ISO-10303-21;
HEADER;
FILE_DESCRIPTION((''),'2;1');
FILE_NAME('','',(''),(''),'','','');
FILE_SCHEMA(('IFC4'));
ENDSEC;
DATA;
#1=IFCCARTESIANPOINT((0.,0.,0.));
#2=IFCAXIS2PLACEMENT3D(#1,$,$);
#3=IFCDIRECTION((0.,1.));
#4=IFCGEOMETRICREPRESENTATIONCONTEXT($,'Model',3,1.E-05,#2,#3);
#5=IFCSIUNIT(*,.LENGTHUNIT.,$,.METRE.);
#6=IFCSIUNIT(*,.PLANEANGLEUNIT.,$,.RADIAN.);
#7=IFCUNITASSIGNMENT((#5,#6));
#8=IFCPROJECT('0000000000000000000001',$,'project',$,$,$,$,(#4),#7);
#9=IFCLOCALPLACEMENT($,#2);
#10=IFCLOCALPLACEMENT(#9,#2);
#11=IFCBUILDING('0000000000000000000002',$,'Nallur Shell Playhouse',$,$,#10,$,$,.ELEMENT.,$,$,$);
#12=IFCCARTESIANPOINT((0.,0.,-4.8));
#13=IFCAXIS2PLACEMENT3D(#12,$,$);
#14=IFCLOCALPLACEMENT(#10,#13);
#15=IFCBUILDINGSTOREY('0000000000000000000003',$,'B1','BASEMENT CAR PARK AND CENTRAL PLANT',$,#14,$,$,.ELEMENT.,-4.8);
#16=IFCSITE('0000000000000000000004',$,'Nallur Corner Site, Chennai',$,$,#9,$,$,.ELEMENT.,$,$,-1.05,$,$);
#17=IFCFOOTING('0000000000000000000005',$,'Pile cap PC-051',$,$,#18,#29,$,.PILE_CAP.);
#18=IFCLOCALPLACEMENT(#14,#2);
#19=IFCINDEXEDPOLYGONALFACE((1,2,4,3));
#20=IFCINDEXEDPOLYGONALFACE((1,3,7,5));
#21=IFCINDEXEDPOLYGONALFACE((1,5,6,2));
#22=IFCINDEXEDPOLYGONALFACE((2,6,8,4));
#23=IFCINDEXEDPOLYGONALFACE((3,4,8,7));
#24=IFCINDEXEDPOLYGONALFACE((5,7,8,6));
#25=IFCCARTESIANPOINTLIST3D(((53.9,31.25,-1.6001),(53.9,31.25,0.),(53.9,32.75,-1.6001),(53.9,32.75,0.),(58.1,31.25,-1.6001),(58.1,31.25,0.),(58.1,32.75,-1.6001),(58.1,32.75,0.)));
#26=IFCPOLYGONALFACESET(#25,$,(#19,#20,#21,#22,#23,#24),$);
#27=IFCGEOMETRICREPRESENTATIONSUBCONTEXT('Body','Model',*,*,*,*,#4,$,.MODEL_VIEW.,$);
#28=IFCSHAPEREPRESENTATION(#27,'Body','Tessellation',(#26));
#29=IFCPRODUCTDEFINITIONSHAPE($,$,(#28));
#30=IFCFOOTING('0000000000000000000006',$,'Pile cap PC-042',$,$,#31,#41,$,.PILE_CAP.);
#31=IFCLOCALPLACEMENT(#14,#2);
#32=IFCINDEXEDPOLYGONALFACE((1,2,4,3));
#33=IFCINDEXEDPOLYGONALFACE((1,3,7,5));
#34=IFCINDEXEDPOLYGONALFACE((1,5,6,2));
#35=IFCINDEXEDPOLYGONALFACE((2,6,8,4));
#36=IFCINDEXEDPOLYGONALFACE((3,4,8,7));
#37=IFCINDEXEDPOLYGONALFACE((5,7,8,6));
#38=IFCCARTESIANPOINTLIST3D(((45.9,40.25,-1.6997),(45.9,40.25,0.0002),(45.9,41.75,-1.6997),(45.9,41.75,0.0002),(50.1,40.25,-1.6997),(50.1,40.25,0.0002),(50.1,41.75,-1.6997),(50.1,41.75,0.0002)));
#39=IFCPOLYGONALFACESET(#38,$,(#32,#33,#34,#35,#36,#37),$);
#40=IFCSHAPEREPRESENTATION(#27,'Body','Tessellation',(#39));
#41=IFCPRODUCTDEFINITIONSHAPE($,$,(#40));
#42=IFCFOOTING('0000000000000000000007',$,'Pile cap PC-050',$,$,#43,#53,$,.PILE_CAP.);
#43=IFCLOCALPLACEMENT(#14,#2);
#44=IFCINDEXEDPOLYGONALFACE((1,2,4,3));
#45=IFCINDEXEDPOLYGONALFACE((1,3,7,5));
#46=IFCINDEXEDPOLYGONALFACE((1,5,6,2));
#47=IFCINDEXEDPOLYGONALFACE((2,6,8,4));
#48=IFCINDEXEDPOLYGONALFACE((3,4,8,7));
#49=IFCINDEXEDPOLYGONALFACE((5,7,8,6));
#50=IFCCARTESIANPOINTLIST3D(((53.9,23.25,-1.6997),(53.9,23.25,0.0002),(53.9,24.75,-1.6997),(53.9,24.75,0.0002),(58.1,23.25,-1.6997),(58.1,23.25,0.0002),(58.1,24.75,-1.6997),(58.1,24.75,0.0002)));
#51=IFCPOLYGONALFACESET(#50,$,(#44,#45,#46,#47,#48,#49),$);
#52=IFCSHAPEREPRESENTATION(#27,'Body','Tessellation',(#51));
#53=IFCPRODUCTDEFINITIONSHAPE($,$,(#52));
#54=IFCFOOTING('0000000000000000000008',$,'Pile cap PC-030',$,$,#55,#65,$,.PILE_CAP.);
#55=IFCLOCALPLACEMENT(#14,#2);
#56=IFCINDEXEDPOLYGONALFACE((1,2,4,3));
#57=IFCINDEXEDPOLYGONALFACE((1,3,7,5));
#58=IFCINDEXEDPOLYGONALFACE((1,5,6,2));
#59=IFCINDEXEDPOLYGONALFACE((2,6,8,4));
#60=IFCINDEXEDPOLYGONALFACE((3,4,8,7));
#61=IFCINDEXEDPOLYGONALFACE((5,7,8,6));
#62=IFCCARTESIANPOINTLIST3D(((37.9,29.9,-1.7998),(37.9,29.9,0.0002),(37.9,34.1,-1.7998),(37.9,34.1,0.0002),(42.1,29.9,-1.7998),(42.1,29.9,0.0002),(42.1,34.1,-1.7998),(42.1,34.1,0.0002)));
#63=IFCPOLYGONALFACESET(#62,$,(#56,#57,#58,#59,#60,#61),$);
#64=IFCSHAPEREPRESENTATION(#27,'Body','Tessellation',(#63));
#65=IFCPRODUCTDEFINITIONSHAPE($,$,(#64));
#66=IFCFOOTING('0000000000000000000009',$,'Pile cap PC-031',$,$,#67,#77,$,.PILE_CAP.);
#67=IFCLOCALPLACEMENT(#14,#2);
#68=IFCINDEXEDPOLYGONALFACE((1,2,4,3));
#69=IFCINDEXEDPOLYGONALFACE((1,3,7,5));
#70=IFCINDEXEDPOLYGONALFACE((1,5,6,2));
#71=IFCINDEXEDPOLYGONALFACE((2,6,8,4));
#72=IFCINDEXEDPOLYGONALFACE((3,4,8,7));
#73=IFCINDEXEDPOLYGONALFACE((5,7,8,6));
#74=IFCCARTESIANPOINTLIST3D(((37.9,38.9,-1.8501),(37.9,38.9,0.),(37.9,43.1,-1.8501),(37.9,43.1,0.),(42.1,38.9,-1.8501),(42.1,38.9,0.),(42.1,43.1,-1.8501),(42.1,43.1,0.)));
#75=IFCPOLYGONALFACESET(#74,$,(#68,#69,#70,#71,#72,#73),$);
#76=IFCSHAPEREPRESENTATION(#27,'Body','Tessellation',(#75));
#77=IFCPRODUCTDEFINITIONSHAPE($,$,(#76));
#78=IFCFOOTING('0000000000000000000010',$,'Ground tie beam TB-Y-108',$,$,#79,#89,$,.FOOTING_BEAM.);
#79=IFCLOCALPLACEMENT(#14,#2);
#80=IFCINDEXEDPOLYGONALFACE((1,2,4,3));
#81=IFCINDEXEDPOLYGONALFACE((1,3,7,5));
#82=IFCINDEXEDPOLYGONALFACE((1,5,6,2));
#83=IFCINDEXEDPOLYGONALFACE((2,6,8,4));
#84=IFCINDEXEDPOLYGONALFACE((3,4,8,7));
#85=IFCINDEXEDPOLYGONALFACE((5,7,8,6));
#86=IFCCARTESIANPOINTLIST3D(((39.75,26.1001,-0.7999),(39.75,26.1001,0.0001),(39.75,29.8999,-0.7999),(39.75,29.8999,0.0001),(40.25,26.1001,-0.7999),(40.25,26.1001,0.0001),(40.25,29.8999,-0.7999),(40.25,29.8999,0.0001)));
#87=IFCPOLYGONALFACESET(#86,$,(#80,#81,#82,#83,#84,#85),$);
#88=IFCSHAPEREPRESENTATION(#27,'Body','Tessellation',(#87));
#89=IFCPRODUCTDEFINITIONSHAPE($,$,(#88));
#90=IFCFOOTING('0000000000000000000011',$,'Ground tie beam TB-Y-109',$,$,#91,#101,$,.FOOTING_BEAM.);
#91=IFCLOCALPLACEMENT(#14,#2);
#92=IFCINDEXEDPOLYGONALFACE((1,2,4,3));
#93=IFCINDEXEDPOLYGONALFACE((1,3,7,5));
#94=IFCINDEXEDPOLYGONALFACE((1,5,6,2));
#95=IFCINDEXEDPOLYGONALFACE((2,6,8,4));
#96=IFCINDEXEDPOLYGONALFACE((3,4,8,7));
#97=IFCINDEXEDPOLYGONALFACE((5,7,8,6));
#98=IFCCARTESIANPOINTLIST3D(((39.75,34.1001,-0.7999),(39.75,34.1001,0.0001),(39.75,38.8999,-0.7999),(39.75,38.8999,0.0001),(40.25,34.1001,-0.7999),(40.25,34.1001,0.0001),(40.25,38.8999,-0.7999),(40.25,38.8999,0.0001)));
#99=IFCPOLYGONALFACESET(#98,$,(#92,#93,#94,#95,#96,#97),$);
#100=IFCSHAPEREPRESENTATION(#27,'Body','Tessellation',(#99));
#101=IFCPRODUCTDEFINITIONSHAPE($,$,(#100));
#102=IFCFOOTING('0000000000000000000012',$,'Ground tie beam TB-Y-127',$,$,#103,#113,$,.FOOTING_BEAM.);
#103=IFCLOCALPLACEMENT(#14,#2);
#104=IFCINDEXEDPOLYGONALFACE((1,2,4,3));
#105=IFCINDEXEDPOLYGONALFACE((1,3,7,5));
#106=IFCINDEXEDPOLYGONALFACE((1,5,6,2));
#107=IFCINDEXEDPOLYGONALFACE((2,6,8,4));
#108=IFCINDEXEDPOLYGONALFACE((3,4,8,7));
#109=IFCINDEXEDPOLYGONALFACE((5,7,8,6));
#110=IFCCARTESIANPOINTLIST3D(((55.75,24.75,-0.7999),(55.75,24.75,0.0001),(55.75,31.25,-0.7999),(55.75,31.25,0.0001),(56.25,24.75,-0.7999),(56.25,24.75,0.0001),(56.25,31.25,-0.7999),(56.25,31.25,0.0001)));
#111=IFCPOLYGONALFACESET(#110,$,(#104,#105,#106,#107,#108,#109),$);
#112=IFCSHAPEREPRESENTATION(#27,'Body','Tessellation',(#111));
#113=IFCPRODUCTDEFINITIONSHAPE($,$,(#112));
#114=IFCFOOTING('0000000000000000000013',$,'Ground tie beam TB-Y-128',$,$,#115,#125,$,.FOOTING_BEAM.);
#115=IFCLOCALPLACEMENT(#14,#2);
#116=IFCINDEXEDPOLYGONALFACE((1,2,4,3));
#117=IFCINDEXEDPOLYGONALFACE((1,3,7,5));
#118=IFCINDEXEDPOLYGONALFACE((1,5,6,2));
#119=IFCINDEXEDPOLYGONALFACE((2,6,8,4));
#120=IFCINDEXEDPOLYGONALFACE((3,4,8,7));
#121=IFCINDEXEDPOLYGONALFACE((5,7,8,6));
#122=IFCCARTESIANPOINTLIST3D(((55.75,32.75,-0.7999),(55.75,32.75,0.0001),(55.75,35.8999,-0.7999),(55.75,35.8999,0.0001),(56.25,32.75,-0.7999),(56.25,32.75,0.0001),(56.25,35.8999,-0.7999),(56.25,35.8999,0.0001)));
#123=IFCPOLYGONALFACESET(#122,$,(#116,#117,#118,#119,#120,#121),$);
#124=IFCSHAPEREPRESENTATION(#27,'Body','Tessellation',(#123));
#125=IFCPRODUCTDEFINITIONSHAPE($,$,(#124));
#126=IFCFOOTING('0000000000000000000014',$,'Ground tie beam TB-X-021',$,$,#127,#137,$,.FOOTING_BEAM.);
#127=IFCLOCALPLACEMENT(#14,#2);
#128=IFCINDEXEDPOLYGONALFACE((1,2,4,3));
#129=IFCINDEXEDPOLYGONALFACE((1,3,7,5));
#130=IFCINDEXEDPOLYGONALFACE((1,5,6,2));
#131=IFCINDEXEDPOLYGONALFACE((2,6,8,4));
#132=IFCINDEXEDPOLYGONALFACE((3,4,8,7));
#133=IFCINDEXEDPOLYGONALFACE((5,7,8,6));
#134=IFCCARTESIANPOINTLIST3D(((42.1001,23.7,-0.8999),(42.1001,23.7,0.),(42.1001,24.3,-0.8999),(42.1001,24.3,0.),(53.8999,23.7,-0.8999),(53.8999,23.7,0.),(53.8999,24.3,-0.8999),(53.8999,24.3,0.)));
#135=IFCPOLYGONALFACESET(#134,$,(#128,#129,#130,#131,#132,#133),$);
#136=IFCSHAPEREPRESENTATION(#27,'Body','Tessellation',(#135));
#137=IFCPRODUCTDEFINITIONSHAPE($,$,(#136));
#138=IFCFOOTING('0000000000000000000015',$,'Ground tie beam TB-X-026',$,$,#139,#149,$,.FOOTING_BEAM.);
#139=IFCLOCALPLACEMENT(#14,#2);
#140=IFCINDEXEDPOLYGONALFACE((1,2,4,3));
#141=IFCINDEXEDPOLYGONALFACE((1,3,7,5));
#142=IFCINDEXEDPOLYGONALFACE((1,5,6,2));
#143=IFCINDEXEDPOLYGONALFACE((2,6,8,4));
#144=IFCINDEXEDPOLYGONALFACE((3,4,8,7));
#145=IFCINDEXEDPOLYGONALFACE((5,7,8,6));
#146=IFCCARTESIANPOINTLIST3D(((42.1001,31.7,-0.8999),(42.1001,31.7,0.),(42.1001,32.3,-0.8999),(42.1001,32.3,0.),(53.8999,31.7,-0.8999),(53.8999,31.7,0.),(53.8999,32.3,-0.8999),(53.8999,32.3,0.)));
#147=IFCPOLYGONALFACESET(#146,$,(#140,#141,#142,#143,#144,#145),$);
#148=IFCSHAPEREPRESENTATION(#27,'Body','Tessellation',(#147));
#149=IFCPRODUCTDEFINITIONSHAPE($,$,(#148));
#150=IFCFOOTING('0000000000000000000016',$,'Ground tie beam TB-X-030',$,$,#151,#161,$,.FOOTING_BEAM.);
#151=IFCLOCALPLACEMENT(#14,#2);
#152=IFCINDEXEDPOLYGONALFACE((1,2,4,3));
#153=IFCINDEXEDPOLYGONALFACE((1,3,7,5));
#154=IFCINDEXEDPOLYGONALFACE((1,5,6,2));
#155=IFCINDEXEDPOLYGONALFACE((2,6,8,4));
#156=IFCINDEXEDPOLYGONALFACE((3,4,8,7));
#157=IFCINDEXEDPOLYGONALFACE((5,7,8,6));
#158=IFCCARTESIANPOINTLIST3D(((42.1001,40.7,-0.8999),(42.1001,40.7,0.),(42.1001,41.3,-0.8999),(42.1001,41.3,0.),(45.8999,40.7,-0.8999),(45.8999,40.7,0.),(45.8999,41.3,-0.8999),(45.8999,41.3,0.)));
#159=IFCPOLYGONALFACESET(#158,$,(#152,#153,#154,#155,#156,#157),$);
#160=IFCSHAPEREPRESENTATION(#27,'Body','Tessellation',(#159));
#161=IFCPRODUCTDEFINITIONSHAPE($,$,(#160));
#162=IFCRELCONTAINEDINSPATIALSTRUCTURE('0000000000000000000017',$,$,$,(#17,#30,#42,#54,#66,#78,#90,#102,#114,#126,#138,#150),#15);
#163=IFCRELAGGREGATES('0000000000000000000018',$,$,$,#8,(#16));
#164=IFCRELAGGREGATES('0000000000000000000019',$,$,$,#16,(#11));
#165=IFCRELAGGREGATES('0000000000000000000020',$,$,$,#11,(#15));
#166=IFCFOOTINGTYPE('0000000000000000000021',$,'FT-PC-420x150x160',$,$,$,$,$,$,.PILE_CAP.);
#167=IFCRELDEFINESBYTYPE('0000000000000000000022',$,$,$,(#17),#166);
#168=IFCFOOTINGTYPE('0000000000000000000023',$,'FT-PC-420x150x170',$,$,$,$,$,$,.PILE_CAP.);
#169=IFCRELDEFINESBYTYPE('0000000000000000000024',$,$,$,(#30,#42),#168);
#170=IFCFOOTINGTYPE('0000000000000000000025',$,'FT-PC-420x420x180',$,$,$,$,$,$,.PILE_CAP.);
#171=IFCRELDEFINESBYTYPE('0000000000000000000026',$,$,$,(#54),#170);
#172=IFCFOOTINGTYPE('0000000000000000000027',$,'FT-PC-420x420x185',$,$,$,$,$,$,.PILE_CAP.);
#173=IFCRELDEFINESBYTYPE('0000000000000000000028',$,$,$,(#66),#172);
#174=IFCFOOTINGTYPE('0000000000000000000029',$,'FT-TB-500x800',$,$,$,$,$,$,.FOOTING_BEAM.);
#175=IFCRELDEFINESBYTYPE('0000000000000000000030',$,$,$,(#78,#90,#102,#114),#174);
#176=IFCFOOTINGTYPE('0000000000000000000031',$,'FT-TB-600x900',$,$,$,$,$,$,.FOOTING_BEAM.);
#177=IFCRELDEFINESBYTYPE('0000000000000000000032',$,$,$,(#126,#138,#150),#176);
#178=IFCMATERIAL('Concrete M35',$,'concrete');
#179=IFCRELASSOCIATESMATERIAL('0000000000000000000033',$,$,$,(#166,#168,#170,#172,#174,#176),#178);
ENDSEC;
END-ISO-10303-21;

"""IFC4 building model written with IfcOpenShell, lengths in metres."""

from ifc_helpers import new_model, si_unit, direction, frame, origin, origin_2d, place, context, subcontext, project, spatial, rectangle, extrude, material, material_profile, profile_set, type_object, element, save


model = new_model("IFC4")

# Units and contexts
model_context = context("Model", 3, precision=1e-05, world=origin(), true_north=direction((0.0, 1.0)))
body_context = subcontext(model_context, "Body", "Model", "MODEL_VIEW")
ifc_project = project(units=[si_unit("LENGTHUNIT", "METRE"), si_unit("PLANEANGLEUNIT", "RADIAN")], contexts=[model_context])

# Site, building, storey
site_placement = place(None, origin())
site = spatial("IfcSite", under=ifc_project, at=site_placement, Name="Nallur Corner Site, Chennai", CompositionType="ELEMENT", RefElevation=-1.05)
building_placement = place(site_placement, origin())
building = spatial("IfcBuilding", under=site, at=building_placement, Name="Nallur Shell Playhouse", CompositionType="ELEMENT")
storey_placement = place(building_placement, frame((0.0, 0.0, -4.8)))
storey = spatial("IfcBuildingStorey", under=building, at=storey_placement, Name="B1", Description="BASEMENT CAR PARK AND CENTRAL PLANT", CompositionType="ELEMENT", Elevation=-4.8)

# Footings
ifc_material_1 = material(Name="Concrete M35", Category="concrete")
footing_type_1 = type_object("IfcFootingType", Name="FT-PC-420x150x160", PredefinedType="PILE_CAP", material=ifc_material_1)
footing_1_placement = place(storey_placement, frame((56.0, 32.0, -1.6001), z_axis=(0.0, 0.0, 1.0), x_axis=(1.0, 0.0, 0.0)))
element("IfcFooting", 1, at=footing_1_placement, inside=storey, type_object=footing_type_1, Name="Pile cap PC-051", PredefinedType="PILE_CAP", context=body_context, shape_type="SweptSolid", body=[
    extrude(rectangle(XDim=4.2, YDim=1.5, at=origin_2d()), origin(), (0.0, 0.0, 1.0), 1.6001),
])
footing_type_2 = type_object("IfcFootingType", Name="FT-PC-420x150x170", PredefinedType="PILE_CAP", material=ifc_material_1)
for number, where, z_axis, x_axis, name in (
    (2, (48.0, 41.0, -1.6997), (0.0, 0.0, 1.0), (1.0, 0.0, 0.0), "Pile cap PC-042"),
    (3, (56.0, 24.0, -1.6997), (0.0, 0.0, 1.0), (1.0, 0.0, 0.0), "Pile cap PC-050"),
):
    element("IfcFooting", number, at=place(storey_placement, frame(where, z_axis=z_axis, x_axis=x_axis)), inside=storey, type_object=footing_type_2, Name=name, PredefinedType="PILE_CAP", context=body_context, shape_type="SweptSolid", body=[
        extrude(rectangle(XDim=4.2, YDim=1.5, at=origin_2d()), origin(), (0.0, 0.0, 1.0), 1.7),
    ])
footing_type_3 = type_object("IfcFootingType", Name="FT-PC-420x420x180", PredefinedType="PILE_CAP", material=ifc_material_1)
footing_2_placement = place(storey_placement, frame((40.0, 32.0, -1.7998), z_axis=(0.0, 0.0, 1.0), x_axis=(1.0, 0.0, 0.0)))
element("IfcFooting", 4, at=footing_2_placement, inside=storey, type_object=footing_type_3, Name="Pile cap PC-030", PredefinedType="PILE_CAP", context=body_context, shape_type="SweptSolid", body=[
    extrude(rectangle(XDim=4.2, YDim=4.2, at=origin_2d()), origin(), (0.0, 0.0, 1.0), 1.8),
])
footing_type_4 = type_object("IfcFootingType", Name="FT-PC-420x420x185", PredefinedType="PILE_CAP", material=ifc_material_1)
footing_3_placement = place(storey_placement, frame((40.0, 41.0, -1.8501), z_axis=(0.0, 0.0, 1.0), x_axis=(1.0, 0.0, 0.0)))
element("IfcFooting", 5, at=footing_3_placement, inside=storey, type_object=footing_type_4, Name="Pile cap PC-031", PredefinedType="PILE_CAP", context=body_context, shape_type="SweptSolid", body=[
    extrude(rectangle(XDim=4.2, YDim=4.2, at=origin_2d()), origin(), (0.0, 0.0, 1.0), 1.8501),
])
ifc_material_profile_1 = material_profile(ifc_material_1, rectangle(XDim=0.5, YDim=0.8, at=origin_2d()), Name="RC 500x800")
ifc_profile_set_1 = profile_set([ifc_material_profile_1], Name="Concrete M35")
footing_type_5 = type_object("IfcFootingType", Name="FT-TB-500x800", PredefinedType="FOOTING_BEAM", material=ifc_profile_set_1)
footing_4_placement = place(storey_placement, frame((40.0, 26.1001, -0.3999), z_axis=(0.0, 1.0, 0.0), x_axis=(-1.0, 0.0, 0.0)))
element("IfcFooting", 6, at=footing_4_placement, inside=storey, type_object=footing_type_5, Name="Ground tie beam TB-Y-108", PredefinedType="FOOTING_BEAM", context=body_context, shape_type="SweptSolid", body=[
    extrude(rectangle(XDim=0.5, YDim=0.8, at=origin_2d()), origin(), (0.0, 0.0, 1.0), 3.7998),
])
footing_5_placement = place(storey_placement, frame((40.0, 34.1001, -0.3999), z_axis=(0.0, 1.0, 0.0), x_axis=(-1.0, 0.0, 0.0)))
element("IfcFooting", 7, at=footing_5_placement, inside=storey, type_object=footing_type_5, Name="Ground tie beam TB-Y-109", PredefinedType="FOOTING_BEAM", context=body_context, shape_type="SweptSolid", body=[
    extrude(rectangle(XDim=0.5, YDim=0.8, at=origin_2d()), origin(), (0.0, 0.0, 1.0), 4.7998),
])
footing_6_placement = place(storey_placement, frame((56.0, 24.75, -0.3999), z_axis=(0.0, 1.0, 0.0), x_axis=(-1.0, 0.0, 0.0)))
element("IfcFooting", 8, at=footing_6_placement, inside=storey, type_object=footing_type_5, Name="Ground tie beam TB-Y-127", PredefinedType="FOOTING_BEAM", context=body_context, shape_type="SweptSolid", body=[
    extrude(rectangle(XDim=0.5, YDim=0.8, at=origin_2d()), origin(), (0.0, 0.0, 1.0), 6.5),
])
footing_7_placement = place(storey_placement, frame((56.0, 32.75, -0.3999), z_axis=(0.0, 1.0, 0.0), x_axis=(-1.0, 0.0, 0.0)))
element("IfcFooting", 9, at=footing_7_placement, inside=storey, type_object=footing_type_5, Name="Ground tie beam TB-Y-128", PredefinedType="FOOTING_BEAM", context=body_context, shape_type="SweptSolid", body=[
    extrude(rectangle(XDim=0.5, YDim=0.8, at=origin_2d()), origin(), (0.0, 0.0, 1.0), 3.1499),
])
ifc_material_profile_2 = material_profile(ifc_material_1, rectangle(XDim=0.6001, YDim=0.8999, at=origin_2d()), Name="RC 600x900")
ifc_profile_set_2 = profile_set([ifc_material_profile_2], Name="Concrete M35")
footing_type_6 = type_object("IfcFootingType", Name="FT-TB-600x900", PredefinedType="FOOTING_BEAM", material=ifc_profile_set_2)
for number, where, z_axis, x_axis, name in (
    (10, (42.1001, 24.0, -0.45), (1.0, 0.0, 0.0), (0.0, 1.0, 0.0), "Ground tie beam TB-X-021"),
    (11, (42.1001, 32.0, -0.45), (1.0, 0.0, 0.0), (0.0, 1.0, 0.0), "Ground tie beam TB-X-026"),
):
    element("IfcFooting", number, at=place(storey_placement, frame(where, z_axis=z_axis, x_axis=x_axis)), inside=storey, type_object=footing_type_6, Name=name, PredefinedType="FOOTING_BEAM", context=body_context, shape_type="SweptSolid", body=[
        extrude(rectangle(XDim=0.6001, YDim=0.8999, at=origin_2d()), origin(), (0.0, 0.0, 1.0), 11.7998),
    ])
footing_8_placement = place(storey_placement, frame((42.1001, 41.0, -0.45), z_axis=(1.0, 0.0, 0.0), x_axis=(0.0, 1.0, 0.0)))
element("IfcFooting", 12, at=footing_8_placement, inside=storey, type_object=footing_type_6, Name="Ground tie beam TB-X-030", PredefinedType="FOOTING_BEAM", context=body_context, shape_type="SweptSolid", body=[
    extrude(rectangle(XDim=0.6001, YDim=0.8999, at=origin_2d()), origin(), (0.0, 0.0, 1.0), 3.7998),
])

save(model, "model.ifc")
